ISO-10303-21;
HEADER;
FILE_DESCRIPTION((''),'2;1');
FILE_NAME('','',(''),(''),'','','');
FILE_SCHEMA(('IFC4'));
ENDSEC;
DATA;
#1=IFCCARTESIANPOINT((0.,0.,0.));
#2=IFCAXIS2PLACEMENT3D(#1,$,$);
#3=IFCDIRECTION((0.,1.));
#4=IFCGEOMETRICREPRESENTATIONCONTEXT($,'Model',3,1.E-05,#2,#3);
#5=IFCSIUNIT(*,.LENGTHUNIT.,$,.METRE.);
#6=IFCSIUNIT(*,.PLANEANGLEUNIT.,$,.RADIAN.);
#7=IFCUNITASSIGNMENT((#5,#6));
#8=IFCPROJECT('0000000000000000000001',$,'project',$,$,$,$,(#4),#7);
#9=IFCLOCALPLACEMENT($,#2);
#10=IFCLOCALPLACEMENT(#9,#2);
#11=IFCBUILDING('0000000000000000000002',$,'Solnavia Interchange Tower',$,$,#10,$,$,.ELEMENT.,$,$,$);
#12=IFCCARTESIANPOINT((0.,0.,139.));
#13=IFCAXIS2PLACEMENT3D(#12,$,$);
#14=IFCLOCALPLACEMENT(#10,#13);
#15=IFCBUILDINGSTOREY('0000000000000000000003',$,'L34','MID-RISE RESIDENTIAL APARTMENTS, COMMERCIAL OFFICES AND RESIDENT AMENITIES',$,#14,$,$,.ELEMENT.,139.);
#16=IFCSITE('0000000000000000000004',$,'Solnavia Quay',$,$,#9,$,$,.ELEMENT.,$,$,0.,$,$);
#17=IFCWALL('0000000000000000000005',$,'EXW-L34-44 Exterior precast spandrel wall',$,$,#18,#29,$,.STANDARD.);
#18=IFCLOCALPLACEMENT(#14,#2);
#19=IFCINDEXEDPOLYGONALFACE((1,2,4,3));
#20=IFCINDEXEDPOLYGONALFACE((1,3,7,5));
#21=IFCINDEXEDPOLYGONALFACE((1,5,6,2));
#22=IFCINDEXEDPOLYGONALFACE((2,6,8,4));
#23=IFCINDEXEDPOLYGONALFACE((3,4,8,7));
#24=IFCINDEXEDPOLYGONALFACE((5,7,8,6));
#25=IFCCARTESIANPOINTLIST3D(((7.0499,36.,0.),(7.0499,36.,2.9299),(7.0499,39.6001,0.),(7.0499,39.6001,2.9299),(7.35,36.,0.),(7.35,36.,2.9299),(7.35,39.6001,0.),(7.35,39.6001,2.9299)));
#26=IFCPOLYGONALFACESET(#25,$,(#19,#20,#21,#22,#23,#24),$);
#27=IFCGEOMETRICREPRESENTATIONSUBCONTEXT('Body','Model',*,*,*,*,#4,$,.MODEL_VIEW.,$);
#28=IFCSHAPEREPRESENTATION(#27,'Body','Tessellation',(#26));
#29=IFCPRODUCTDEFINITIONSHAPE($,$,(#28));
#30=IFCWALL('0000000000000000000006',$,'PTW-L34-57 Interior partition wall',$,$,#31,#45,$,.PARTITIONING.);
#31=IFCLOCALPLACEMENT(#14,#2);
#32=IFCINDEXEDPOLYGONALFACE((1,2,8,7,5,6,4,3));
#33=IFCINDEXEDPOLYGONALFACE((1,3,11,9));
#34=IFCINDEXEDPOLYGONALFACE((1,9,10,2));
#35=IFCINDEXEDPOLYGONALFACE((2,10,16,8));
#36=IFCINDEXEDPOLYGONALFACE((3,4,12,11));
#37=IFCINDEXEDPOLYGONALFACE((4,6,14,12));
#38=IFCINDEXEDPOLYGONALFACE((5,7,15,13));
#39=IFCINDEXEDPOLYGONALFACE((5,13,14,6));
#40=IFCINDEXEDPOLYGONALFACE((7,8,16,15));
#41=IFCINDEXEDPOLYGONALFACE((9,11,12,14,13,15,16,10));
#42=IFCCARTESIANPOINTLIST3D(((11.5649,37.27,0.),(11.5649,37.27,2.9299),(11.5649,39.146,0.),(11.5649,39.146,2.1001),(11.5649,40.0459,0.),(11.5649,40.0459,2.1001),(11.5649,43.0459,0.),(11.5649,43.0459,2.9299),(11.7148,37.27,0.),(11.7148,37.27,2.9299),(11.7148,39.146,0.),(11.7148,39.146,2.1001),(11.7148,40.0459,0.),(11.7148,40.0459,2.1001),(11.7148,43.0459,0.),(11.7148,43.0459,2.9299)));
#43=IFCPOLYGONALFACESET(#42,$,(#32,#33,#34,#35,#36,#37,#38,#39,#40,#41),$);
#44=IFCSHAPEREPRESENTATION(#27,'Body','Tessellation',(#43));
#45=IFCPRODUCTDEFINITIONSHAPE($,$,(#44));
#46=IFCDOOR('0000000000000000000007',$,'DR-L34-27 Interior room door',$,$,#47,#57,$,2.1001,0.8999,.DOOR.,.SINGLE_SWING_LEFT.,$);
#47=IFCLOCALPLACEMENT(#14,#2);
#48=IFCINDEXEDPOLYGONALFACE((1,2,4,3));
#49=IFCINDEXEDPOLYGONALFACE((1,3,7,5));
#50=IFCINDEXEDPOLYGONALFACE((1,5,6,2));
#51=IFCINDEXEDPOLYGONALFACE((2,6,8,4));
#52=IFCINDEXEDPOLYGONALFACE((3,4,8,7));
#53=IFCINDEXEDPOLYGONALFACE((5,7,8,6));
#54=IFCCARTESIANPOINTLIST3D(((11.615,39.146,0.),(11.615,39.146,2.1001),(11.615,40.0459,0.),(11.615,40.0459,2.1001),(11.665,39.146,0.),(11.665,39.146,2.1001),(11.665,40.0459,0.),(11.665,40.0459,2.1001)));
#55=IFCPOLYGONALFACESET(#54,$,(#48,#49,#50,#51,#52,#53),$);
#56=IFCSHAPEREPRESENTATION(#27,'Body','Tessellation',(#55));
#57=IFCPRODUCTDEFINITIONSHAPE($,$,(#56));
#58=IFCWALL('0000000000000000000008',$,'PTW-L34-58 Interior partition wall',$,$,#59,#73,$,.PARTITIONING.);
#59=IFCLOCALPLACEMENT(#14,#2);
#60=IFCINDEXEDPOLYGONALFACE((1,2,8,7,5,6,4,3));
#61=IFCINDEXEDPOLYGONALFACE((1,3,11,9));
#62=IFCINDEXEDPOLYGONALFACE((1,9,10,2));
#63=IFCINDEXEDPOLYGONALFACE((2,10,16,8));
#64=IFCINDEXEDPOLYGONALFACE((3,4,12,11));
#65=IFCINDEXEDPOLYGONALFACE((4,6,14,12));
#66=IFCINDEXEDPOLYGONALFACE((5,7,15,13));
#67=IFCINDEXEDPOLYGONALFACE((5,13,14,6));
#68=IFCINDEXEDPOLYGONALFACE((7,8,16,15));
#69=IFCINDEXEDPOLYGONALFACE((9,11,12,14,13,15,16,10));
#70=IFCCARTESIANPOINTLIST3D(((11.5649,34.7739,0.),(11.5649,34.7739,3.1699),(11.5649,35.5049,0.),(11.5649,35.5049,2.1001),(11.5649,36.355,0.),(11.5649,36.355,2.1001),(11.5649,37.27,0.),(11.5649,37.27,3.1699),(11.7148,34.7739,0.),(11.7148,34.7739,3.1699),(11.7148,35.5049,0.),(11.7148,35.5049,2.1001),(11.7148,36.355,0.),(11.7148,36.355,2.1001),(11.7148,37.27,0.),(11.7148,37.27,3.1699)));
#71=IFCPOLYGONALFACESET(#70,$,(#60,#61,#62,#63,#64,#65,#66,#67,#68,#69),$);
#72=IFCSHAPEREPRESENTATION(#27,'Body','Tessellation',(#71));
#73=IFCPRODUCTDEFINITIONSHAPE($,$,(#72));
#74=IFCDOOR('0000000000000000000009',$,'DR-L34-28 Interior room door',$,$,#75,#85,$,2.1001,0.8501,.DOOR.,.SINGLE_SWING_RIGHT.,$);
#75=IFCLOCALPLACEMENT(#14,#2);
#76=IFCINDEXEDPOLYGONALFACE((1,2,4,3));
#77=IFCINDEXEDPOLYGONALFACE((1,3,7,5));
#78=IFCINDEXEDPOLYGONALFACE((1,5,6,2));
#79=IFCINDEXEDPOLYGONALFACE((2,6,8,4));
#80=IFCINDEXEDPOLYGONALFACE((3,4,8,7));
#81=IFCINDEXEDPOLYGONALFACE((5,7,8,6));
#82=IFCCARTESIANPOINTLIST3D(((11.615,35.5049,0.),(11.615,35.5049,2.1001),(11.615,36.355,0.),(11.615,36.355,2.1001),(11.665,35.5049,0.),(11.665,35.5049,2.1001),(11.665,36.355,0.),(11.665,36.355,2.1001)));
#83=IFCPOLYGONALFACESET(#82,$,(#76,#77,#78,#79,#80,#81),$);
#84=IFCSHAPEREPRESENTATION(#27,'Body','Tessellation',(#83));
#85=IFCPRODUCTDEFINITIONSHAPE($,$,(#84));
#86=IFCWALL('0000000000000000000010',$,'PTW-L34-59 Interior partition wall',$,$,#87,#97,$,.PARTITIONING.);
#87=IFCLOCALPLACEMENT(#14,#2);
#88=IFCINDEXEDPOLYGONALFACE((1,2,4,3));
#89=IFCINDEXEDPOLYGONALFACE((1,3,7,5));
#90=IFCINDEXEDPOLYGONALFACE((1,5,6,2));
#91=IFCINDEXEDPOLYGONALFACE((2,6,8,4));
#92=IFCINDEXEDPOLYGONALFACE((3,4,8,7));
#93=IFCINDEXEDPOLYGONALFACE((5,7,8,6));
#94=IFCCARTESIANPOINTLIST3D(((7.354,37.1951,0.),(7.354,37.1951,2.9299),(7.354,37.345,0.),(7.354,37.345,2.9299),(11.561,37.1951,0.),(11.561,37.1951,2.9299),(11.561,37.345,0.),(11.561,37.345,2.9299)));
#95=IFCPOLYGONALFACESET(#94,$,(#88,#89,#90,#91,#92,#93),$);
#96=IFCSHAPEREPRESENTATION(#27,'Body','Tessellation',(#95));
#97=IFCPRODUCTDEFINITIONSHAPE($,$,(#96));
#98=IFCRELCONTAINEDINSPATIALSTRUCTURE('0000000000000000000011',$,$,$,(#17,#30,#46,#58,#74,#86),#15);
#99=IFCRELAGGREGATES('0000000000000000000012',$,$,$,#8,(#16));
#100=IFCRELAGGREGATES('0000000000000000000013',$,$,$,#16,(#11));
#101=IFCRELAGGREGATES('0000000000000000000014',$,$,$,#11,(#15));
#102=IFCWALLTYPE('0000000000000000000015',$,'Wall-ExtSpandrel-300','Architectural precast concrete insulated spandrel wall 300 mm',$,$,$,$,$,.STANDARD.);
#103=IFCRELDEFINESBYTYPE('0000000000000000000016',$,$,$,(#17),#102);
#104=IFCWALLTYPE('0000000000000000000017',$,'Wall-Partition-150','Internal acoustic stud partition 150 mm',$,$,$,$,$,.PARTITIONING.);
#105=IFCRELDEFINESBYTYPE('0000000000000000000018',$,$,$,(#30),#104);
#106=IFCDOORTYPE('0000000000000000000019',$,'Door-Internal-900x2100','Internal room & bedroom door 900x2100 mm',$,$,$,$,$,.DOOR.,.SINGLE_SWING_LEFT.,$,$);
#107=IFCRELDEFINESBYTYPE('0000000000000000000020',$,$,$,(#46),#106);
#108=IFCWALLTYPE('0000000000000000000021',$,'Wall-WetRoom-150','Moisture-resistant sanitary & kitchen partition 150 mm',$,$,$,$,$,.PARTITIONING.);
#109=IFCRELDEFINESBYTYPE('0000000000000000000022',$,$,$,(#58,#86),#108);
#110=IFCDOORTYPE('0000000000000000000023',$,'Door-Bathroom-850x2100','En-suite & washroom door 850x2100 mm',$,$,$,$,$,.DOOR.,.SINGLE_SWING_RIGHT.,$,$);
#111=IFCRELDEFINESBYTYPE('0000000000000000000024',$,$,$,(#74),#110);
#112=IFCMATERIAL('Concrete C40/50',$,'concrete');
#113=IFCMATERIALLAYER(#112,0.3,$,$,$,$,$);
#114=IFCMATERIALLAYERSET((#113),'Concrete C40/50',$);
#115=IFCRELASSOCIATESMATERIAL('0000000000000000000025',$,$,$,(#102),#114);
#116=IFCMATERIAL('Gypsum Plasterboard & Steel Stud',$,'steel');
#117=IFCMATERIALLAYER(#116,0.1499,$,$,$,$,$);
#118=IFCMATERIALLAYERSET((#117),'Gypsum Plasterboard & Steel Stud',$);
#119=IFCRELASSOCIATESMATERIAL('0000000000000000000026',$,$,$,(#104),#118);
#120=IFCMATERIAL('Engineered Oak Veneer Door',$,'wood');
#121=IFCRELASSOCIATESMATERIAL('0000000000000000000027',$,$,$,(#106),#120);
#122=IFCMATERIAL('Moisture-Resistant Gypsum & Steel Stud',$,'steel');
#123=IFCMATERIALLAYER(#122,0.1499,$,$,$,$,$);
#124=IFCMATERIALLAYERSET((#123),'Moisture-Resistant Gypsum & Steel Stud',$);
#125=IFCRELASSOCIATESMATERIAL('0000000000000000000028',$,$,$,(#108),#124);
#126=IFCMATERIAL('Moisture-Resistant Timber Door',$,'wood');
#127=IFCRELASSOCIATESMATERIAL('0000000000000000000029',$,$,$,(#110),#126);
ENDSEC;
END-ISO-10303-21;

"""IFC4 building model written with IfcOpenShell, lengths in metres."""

from ifc_helpers import new_model, si_unit, direction, frame, frame_2d, origin, place, context, subcontext, project, spatial, rectangle, extrude, material, layer, layer_set, type_object, element, fill, save


model = new_model("IFC4")

# Units and contexts
model_context = context("Model", 3, precision=1e-05, world=origin(), true_north=direction((0.0, 1.0)))
body_context = subcontext(model_context, "Body", "Model", "MODEL_VIEW")
ifc_project = project(units=[si_unit("LENGTHUNIT", "METRE"), si_unit("PLANEANGLEUNIT", "RADIAN")], contexts=[model_context])

# Site, building, storey
site_placement = place(None, origin())
site = spatial("IfcSite", under=ifc_project, at=site_placement, Name="Solnavia Quay", CompositionType="ELEMENT", RefElevation=0.0)
building_placement = place(site_placement, origin())
building = spatial("IfcBuilding", under=site, at=building_placement, Name="Solnavia Interchange Tower", CompositionType="ELEMENT")
storey_placement = place(building_placement, frame((0.0, 0.0, 139.0)))
storey = spatial("IfcBuildingStorey", under=building, at=storey_placement, Name="L34", Description="MID-RISE RESIDENTIAL APARTMENTS, COMMERCIAL OFFICES AND RESIDENT AMENITIES", CompositionType="ELEMENT", Elevation=139.0)

# Shared definitions
ifc_material_1 = material(Name="Concrete C40/50", Category="concrete")
ifc_layer_1 = layer(ifc_material_1, 0.3)
ifc_layer_set_1 = layer_set([ifc_layer_1], Name="Concrete C40/50")
wall_type_1 = type_object("IfcWallType", Name="Wall-ExtSpandrel-300", Description="Architectural precast concrete insulated spandrel wall 300 mm", PredefinedType="STANDARD", material=ifc_layer_set_1)

# Wall
wall_1_placement = place(storey_placement, frame((7.2, 36.0, 0.0), z_axis=(0.0, 0.0, 1.0), x_axis=(0.0, 1.0, 0.0)))
element("IfcWall", 1, at=wall_1_placement, inside=storey, type_object=wall_type_1, Name="EXW-L34-44 Exterior precast spandrel wall", PredefinedType="STANDARD", context=body_context, shape_type="SweptSolid", body=[
    extrude(rectangle(XDim=3.6001, YDim=0.3, at=frame_2d((1.8, 0.0))), origin(), (0.0, 0.0, 1.0), 2.9299),
])

# Walls, openings, doors
ifc_material_2 = material(Name="Gypsum Plasterboard & Steel Stud", Category="steel")
ifc_layer_2 = layer(ifc_material_2, 0.1499)
ifc_layer_set_2 = layer_set([ifc_layer_2], Name="Gypsum Plasterboard & Steel Stud")
wall_type_2 = type_object("IfcWallType", Name="Wall-Partition-150", Description="Internal acoustic stud partition 150 mm", PredefinedType="PARTITIONING", material=ifc_layer_set_2)
wall_2_placement = place(storey_placement, frame((11.6399, 37.27, 0.0), z_axis=(0.0, 0.0, 1.0), x_axis=(0.0, 1.0, 0.0)))
wall_2 = element("IfcWall", 2, at=wall_2_placement, inside=storey, type_object=wall_type_2, Name="PTW-L34-57 Interior partition wall", PredefinedType="PARTITIONING", context=body_context, shape_type="SweptSolid", body=[
    extrude(rectangle(XDim=5.7759, YDim=0.1499, at=frame_2d((2.8879, 0.0))), origin(), (0.0, 0.0, 1.0), 2.9299),
])
opening_1_placement = place(wall_2_placement, frame((1.876, 0.0, 0.0)))
opening_1 = element("IfcOpeningElement", 3, at=opening_1_placement, cuts=wall_2, PredefinedType="OPENING", context=body_context, shape_type="SweptSolid", body=[
    extrude(rectangle(XDim=0.8999, YDim=2.1001, at=frame_2d((0.45, 1.05))), frame((0.0, 0.085, 0.0), z_axis=(0.0, -1.0, 0.0), x_axis=(1.0, 0.0, 0.0)), (0.0, 0.0, 1.0), 0.1699),
])
ifc_material_3 = material(Name="Engineered Oak Veneer Door", Category="wood")
door_type_1 = type_object("IfcDoorType", Name="Door-Internal-900x2100", Description="Internal room & bedroom door 900x2100 mm", OperationType="SINGLE_SWING_LEFT", PredefinedType="DOOR", material=ifc_material_3)
door_1_placement = place(opening_1_placement, origin())
door_1 = element("IfcDoor", 4, at=door_1_placement, inside=storey, type_object=door_type_1, Name="DR-L34-27 Interior room door", OperationType="SINGLE_SWING_LEFT", OverallHeight=2.1001, OverallWidth=0.8999, PredefinedType="DOOR", context=body_context, shape_type="SweptSolid", body=[
    extrude(rectangle(XDim=0.8999, YDim=2.1001, at=frame_2d((0.45, 1.05))), frame((0.0, 0.0249, 0.0), z_axis=(0.0, -1.0, 0.0), x_axis=(1.0, 0.0, 0.0)), (0.0, 0.0, 1.0), 0.05),
])
fill(opening_1, door_1)
ifc_material_4 = material(Name="Moisture-Resistant Gypsum & Steel Stud", Category="steel")
ifc_layer_3 = layer(ifc_material_4, 0.1499)
ifc_layer_set_3 = layer_set([ifc_layer_3], Name="Moisture-Resistant Gypsum & Steel Stud")
wall_type_3 = type_object("IfcWallType", Name="Wall-WetRoom-150", Description="Moisture-resistant sanitary & kitchen partition 150 mm", PredefinedType="PARTITIONING", material=ifc_layer_set_3)
wall_3_placement = place(storey_placement, frame((11.6399, 34.7739, 0.0), z_axis=(0.0, 0.0, 1.0), x_axis=(0.0, 1.0, 0.0)))
wall_3 = element("IfcWall", 5, at=wall_3_placement, inside=storey, type_object=wall_type_3, Name="PTW-L34-58 Interior partition wall", PredefinedType="PARTITIONING", context=body_context, shape_type="SweptSolid", body=[
    extrude(rectangle(XDim=2.4961, YDim=0.1499, at=frame_2d((1.248, 0.0))), origin(), (0.0, 0.0, 1.0), 3.1699),
])
opening_2_placement = place(wall_3_placement, frame((0.731, 0.0, 0.0)))
opening_2 = element("IfcOpeningElement", 6, at=opening_2_placement, cuts=wall_3, PredefinedType="OPENING", context=body_context, shape_type="SweptSolid", body=[
    extrude(rectangle(XDim=0.8501, YDim=2.1001, at=frame_2d((0.425, 1.05))), frame((0.0, 0.085, 0.0), z_axis=(0.0, -1.0, 0.0), x_axis=(1.0, 0.0, 0.0)), (0.0, 0.0, 1.0), 0.1699),
])
ifc_material_5 = material(Name="Moisture-Resistant Timber Door", Category="wood")
door_type_2 = type_object("IfcDoorType", Name="Door-Bathroom-850x2100", Description="En-suite & washroom door 850x2100 mm", OperationType="SINGLE_SWING_RIGHT", PredefinedType="DOOR", material=ifc_material_5)
door_2_placement = place(opening_2_placement, origin())
door_2 = element("IfcDoor", 7, at=door_2_placement, inside=storey, type_object=door_type_2, Name="DR-L34-28 Interior room door", OperationType="SINGLE_SWING_RIGHT", OverallHeight=2.1001, OverallWidth=0.8501, PredefinedType="DOOR", context=body_context, shape_type="SweptSolid", body=[
    extrude(rectangle(XDim=0.8501, YDim=2.1001, at=frame_2d((0.425, 1.05))), frame((0.0, 0.0249, 0.0), z_axis=(0.0, -1.0, 0.0), x_axis=(1.0, 0.0, 0.0)), (0.0, 0.0, 1.0), 0.05),
])
fill(opening_2, door_2)

# Wall
wall_4_placement = place(storey_placement, frame((7.354, 37.27, 0.0), z_axis=(0.0, 0.0, 1.0), x_axis=(1.0, 0.0, 0.0)))
element("IfcWall", 8, at=wall_4_placement, inside=storey, type_object=wall_type_3, Name="PTW-L34-59 Interior partition wall", PredefinedType="PARTITIONING", context=body_context, shape_type="SweptSolid", body=[
    extrude(rectangle(XDim=4.207, YDim=0.1499, at=frame_2d((2.1035, 0.0))), origin(), (0.0, 0.0, 1.0), 2.9299),
])

save(model, "model.ifc")
